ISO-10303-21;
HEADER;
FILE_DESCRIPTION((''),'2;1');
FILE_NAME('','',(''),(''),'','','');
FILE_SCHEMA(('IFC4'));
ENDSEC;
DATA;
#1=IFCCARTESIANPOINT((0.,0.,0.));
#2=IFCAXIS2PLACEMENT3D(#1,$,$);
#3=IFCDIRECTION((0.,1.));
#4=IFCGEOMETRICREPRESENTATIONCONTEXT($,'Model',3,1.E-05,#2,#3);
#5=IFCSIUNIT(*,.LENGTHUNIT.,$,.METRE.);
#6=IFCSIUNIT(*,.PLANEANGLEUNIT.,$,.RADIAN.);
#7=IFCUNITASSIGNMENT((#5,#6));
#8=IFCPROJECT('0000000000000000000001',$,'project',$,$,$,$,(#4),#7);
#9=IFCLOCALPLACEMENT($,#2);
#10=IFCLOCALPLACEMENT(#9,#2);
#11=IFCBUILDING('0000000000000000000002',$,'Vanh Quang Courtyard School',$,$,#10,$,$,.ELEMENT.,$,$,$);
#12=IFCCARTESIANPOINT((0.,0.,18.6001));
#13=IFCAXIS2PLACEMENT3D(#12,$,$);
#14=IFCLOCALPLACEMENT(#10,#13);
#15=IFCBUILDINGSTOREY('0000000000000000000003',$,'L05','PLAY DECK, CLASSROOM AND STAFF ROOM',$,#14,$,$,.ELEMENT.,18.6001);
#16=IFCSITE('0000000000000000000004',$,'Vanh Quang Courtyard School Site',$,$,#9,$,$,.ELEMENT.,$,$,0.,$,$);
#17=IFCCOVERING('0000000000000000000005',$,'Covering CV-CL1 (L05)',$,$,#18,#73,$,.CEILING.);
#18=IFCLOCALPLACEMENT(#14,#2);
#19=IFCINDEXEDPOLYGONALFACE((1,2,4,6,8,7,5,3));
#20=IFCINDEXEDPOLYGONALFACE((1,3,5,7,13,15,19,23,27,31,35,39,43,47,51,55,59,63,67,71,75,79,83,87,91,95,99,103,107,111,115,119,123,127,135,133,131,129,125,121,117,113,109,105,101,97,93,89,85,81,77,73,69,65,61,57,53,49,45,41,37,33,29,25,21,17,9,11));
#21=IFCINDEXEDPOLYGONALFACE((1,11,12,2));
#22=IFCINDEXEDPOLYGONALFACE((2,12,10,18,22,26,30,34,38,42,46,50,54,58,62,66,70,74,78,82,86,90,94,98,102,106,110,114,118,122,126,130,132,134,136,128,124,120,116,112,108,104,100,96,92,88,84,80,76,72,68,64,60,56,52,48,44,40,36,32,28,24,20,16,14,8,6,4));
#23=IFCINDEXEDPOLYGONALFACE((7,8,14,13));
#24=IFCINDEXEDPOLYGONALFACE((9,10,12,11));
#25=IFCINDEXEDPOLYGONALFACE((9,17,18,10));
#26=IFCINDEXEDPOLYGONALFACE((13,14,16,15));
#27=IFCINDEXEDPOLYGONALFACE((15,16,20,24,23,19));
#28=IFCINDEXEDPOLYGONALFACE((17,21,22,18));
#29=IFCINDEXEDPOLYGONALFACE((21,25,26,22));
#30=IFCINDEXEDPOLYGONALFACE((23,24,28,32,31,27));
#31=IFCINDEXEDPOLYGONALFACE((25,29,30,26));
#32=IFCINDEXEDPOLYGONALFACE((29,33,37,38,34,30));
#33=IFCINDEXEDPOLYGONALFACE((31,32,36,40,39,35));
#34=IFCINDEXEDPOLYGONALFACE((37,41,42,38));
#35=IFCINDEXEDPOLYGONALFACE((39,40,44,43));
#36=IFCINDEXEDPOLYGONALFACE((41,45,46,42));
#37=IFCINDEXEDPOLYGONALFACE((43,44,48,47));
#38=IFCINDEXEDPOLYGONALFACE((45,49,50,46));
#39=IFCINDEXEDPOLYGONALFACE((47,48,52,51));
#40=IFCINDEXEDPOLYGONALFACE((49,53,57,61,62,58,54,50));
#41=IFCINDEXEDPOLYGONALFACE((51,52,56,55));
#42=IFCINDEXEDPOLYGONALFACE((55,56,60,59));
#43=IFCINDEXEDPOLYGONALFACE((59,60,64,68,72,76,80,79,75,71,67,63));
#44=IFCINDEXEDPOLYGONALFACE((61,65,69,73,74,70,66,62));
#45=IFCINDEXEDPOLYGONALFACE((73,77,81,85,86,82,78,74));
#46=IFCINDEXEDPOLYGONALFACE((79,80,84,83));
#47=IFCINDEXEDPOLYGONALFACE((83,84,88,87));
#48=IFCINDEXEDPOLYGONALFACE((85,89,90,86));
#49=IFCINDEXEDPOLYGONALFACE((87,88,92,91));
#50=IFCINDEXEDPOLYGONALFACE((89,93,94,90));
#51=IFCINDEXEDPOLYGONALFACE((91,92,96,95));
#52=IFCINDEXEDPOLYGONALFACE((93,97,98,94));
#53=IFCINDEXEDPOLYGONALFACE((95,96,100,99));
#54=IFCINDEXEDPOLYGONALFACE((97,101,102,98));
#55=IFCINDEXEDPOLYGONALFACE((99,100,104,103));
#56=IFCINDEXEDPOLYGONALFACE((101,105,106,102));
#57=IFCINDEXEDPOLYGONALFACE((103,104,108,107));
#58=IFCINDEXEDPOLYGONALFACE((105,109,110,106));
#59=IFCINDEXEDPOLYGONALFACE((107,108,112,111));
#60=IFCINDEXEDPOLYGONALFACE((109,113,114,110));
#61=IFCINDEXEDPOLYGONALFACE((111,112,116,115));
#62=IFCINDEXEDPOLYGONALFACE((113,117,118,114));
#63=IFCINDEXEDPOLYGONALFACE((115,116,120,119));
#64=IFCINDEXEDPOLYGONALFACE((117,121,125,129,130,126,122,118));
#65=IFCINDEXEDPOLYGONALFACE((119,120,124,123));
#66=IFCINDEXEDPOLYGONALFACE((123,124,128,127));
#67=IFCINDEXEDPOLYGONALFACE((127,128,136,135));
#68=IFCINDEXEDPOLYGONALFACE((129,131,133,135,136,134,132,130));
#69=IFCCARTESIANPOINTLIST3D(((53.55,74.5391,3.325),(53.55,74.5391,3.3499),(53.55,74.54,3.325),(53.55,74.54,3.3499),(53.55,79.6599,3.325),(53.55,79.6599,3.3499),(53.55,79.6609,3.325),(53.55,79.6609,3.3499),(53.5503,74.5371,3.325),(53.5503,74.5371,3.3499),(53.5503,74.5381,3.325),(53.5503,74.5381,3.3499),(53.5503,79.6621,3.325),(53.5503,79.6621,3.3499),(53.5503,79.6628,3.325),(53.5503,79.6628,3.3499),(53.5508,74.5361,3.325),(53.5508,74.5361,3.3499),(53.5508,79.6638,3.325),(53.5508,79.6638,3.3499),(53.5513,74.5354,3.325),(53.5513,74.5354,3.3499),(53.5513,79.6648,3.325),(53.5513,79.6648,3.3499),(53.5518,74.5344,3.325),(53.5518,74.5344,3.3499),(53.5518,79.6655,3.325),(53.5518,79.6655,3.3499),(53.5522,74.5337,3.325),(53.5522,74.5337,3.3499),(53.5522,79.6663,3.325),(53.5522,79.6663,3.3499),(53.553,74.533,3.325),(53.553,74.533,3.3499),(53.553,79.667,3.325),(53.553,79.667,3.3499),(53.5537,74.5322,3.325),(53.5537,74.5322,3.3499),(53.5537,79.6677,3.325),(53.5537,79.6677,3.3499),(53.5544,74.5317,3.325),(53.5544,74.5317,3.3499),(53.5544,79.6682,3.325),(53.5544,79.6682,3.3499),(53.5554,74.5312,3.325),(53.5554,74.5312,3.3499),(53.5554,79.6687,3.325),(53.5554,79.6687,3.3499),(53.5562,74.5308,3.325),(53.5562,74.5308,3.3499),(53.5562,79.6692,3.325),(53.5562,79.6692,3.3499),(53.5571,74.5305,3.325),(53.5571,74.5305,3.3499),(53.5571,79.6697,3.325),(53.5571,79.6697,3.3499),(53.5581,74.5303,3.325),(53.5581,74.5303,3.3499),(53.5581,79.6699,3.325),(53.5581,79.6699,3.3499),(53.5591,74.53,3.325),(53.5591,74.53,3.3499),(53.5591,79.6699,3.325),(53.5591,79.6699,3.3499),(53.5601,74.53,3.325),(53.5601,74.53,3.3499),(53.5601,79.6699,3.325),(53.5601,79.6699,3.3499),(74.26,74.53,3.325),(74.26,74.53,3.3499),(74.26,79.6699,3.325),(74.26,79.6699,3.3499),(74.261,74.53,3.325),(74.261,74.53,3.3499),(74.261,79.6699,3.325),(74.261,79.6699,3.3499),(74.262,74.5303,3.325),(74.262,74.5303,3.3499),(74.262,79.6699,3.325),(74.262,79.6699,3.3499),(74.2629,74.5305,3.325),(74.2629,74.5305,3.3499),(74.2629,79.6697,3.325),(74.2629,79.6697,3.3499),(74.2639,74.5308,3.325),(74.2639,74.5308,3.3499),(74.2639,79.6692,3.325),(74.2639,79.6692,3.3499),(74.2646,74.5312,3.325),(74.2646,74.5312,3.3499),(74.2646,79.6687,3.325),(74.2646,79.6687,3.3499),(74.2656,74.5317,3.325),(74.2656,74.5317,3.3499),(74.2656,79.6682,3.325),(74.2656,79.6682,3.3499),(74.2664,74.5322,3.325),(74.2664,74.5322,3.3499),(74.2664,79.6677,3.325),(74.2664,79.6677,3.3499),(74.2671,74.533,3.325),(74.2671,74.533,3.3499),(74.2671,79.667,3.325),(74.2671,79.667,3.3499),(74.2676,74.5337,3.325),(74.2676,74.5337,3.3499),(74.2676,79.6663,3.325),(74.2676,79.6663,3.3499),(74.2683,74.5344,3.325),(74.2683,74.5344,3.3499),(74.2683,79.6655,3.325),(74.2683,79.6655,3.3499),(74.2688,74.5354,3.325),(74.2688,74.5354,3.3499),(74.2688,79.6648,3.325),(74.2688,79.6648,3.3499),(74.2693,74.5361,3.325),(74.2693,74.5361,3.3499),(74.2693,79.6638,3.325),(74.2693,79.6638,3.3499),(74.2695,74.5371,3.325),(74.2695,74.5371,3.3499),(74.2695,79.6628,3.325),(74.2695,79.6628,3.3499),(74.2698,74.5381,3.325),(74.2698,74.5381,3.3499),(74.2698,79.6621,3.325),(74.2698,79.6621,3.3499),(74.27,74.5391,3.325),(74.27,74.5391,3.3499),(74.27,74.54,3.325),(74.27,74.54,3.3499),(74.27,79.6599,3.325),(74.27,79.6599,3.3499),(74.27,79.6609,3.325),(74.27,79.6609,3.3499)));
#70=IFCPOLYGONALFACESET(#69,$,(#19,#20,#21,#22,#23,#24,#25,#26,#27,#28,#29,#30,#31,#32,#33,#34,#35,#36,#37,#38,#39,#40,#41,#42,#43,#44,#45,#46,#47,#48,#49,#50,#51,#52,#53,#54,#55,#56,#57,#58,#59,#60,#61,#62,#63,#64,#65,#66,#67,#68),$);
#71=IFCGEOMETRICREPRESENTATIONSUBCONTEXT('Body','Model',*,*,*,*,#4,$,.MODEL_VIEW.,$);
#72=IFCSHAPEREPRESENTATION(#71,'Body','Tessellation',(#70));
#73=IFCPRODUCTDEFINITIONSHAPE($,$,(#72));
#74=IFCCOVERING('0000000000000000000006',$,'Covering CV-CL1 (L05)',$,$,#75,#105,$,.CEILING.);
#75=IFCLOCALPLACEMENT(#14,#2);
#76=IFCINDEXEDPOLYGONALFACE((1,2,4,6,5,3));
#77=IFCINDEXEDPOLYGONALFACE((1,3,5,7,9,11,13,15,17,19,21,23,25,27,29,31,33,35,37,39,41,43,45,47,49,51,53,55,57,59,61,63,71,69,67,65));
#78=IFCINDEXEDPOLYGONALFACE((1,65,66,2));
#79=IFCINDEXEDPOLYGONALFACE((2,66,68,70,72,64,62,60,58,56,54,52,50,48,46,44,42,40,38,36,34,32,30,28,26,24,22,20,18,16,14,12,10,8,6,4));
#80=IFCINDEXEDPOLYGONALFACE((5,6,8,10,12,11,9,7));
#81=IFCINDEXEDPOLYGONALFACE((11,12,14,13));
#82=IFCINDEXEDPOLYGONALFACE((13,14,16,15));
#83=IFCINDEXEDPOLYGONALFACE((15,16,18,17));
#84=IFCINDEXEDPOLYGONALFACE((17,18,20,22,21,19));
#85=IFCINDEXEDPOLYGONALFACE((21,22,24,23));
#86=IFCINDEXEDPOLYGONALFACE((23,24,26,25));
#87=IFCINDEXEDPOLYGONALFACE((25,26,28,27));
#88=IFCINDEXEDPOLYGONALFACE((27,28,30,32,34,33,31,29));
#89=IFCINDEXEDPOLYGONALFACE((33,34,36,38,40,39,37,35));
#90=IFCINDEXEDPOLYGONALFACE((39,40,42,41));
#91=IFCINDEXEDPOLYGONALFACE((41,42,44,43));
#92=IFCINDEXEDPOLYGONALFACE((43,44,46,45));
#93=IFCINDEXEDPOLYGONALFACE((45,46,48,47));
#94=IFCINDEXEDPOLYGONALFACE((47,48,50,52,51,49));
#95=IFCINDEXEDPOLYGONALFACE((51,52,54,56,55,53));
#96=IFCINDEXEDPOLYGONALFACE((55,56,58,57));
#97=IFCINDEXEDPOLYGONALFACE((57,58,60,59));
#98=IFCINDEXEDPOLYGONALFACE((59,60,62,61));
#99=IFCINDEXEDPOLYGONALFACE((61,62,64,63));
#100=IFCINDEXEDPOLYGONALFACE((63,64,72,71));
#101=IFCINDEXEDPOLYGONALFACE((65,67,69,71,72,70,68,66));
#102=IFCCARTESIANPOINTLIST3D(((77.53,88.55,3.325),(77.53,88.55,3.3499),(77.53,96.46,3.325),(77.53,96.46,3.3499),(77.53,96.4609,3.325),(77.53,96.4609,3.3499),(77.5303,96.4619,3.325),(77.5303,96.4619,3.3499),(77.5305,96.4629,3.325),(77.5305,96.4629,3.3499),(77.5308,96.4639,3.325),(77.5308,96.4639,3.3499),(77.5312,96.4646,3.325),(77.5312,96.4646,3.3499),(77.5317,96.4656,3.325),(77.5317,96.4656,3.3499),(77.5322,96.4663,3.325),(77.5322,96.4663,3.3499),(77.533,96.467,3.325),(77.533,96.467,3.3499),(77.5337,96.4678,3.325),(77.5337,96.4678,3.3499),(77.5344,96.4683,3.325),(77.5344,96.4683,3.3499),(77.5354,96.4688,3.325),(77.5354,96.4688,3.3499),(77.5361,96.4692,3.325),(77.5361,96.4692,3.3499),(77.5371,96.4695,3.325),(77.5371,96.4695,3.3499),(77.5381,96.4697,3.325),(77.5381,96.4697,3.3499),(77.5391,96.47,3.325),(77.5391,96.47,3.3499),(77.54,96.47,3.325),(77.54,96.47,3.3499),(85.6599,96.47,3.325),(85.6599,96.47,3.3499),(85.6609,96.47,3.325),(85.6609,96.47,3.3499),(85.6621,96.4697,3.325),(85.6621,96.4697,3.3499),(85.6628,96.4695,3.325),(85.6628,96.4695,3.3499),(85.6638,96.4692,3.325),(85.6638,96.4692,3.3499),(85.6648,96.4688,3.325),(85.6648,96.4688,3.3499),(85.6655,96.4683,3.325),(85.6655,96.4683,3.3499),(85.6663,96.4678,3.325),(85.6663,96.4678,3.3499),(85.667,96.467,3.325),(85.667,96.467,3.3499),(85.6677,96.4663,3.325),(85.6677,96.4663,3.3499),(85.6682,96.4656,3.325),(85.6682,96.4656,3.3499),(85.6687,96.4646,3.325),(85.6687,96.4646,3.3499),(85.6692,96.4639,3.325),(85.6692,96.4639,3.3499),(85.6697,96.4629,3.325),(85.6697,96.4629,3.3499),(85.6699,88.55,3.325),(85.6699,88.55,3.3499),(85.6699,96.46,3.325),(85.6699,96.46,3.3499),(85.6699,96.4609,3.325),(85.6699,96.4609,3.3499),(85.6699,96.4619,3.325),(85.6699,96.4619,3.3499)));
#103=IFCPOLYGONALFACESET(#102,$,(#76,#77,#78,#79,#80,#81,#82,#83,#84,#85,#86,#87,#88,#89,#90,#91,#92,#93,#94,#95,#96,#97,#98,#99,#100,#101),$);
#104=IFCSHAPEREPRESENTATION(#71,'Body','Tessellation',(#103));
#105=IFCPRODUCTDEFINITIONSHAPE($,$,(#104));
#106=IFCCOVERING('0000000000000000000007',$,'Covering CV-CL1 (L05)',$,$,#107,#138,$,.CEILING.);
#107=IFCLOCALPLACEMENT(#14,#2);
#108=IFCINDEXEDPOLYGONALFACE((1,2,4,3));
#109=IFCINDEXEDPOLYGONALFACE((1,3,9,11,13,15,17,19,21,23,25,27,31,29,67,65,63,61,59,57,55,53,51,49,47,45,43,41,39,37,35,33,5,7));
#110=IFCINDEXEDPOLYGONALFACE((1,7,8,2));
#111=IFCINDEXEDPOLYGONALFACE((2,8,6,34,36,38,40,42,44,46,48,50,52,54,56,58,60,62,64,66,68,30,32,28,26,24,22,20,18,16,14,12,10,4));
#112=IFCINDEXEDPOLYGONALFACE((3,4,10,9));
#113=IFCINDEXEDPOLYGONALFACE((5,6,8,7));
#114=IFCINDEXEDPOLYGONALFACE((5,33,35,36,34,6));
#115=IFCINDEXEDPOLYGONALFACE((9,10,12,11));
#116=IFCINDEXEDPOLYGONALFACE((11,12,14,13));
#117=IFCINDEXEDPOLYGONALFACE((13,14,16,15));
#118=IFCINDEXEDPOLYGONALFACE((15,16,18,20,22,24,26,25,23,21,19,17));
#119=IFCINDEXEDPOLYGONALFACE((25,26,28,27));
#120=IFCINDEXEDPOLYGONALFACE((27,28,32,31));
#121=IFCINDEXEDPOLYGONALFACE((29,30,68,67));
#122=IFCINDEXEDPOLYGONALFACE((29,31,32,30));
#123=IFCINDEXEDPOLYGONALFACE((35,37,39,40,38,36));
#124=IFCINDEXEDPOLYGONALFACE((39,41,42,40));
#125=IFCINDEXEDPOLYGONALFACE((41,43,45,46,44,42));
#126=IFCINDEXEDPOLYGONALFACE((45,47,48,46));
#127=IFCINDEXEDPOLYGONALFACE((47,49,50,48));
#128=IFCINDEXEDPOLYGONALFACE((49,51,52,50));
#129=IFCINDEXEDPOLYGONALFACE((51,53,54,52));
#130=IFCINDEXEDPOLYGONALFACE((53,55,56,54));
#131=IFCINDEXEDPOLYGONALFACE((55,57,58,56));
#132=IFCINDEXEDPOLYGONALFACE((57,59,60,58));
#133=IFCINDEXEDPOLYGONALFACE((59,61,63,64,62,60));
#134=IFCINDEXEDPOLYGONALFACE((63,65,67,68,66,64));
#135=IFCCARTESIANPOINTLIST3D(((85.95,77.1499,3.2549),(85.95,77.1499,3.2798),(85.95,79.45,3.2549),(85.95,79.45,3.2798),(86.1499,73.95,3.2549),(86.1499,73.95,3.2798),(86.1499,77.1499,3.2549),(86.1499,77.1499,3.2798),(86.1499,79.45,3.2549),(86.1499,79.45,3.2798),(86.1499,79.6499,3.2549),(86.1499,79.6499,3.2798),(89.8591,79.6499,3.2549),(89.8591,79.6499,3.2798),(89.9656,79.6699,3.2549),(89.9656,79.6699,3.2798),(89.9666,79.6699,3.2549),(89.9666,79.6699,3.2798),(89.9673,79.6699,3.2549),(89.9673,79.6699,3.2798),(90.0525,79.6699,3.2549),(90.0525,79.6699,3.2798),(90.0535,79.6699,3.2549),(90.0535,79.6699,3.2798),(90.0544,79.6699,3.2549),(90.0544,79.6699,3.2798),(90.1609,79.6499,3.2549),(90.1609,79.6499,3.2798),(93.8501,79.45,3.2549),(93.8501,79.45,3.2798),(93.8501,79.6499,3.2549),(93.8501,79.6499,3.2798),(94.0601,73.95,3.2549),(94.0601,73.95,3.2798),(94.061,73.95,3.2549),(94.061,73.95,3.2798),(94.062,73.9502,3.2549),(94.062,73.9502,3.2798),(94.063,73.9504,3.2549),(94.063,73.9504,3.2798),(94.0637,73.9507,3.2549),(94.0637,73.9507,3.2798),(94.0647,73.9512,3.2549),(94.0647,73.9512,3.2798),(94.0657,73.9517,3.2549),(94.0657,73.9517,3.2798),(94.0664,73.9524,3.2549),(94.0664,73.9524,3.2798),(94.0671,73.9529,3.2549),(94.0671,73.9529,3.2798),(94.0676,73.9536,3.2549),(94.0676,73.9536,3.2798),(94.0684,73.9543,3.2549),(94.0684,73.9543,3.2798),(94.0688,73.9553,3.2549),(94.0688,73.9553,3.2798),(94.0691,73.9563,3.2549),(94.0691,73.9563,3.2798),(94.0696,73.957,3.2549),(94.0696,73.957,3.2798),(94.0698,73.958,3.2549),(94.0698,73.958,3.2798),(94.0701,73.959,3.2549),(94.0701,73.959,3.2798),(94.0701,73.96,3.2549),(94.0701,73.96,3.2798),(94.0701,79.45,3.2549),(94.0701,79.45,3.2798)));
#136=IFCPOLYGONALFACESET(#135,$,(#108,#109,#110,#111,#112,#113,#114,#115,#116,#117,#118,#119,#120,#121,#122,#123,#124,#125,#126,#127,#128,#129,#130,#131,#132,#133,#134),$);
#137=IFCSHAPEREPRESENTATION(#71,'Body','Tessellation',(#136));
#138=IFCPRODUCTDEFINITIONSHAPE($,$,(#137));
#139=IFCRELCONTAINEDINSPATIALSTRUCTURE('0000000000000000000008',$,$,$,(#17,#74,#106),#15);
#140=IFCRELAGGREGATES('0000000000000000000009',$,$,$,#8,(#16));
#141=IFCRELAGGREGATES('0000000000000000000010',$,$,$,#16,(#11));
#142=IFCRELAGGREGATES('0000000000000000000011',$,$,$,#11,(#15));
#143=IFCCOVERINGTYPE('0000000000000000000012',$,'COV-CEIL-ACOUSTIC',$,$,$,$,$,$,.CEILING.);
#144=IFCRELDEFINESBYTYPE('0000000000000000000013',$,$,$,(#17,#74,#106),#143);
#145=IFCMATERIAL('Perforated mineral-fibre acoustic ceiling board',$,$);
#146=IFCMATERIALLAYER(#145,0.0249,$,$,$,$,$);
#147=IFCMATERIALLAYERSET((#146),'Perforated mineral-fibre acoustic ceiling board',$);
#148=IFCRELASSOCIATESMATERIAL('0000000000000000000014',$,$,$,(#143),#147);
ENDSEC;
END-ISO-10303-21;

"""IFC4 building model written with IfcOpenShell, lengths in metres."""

from ifc_helpers import new_model, si_unit, direction, frame, origin, place, context, subcontext, project, spatial, polyline, outline, extrude, material, layer, layer_set, type_object, element, save


model = new_model("IFC4")

# Units and contexts
model_context = context("Model", 3, precision=1e-05, world=origin(), true_north=direction((0.0, 1.0)))
body_context = subcontext(model_context, "Body", "Model", "MODEL_VIEW")
ifc_project = project(units=[si_unit("LENGTHUNIT", "METRE"), si_unit("PLANEANGLEUNIT", "RADIAN")], contexts=[model_context])

# Site, building, storey
site_placement = place(None, origin())
site = spatial("IfcSite", under=ifc_project, at=site_placement, Name="Vanh Quang Courtyard School Site", CompositionType="ELEMENT", RefElevation=0.0)
building_placement = place(site_placement, origin())
building = spatial("IfcBuilding", under=site, at=building_placement, Name="Vanh Quang Courtyard School", CompositionType="ELEMENT")
storey_placement = place(building_placement, frame((0.0, 0.0, 18.6001)))
storey = spatial("IfcBuildingStorey", under=building, at=storey_placement, Name="L05", Description="PLAY DECK, CLASSROOM AND STAFF ROOM", CompositionType="ELEMENT", Elevation=18.6001)

# Coverings
ifc_material_1 = material(Name="Perforated mineral-fibre acoustic ceiling board")
ifc_layer_1 = layer(ifc_material_1, 0.0249)
ifc_layer_set_1 = layer_set([ifc_layer_1], Name="Perforated mineral-fibre acoustic ceiling board")
covering_type_1 = type_object("IfcCoveringType", Name="COV-CEIL-ACOUSTIC", PredefinedType="CEILING", material=ifc_layer_set_1)
covering_1_placement = place(storey_placement, frame((0.0, 0.0, 3.325)))
element("IfcCovering", 1, at=covering_1_placement, inside=storey, type_object=covering_type_1, Name="Covering CV-CL1 (L05)", PredefinedType="CEILING", context=body_context, shape_type="SweptSolid", body=[
    extrude(outline(polyline([(53.55, 79.6599), (53.55, 79.6609), (53.5503, 79.6621), (53.5503, 79.6628), (53.5508, 79.6638), (53.5513, 79.6648), (53.5518, 79.6655), (53.5522, 79.6663), (53.553, 79.667), (53.5537, 79.6677), (53.5544, 79.6682), (53.5554, 79.6687), (53.5562, 79.6692), (53.5571, 79.6697), (53.5581, 79.6699), (53.5591, 79.6699), (53.5601, 79.6699), (74.26, 79.6699), (74.261, 79.6699), (74.262, 79.6699), (74.2629, 79.6697), (74.2639, 79.6692), (74.2646, 79.6687), (74.2656, 79.6682), (74.2664, 79.6677), (74.2671, 79.667), (74.2676, 79.6663), (74.2683, 79.6655), (74.2688, 79.6648), (74.2693, 79.6638), (74.2695, 79.6628), (74.2698, 79.6621), (74.27, 79.6609), (74.27, 79.6599), (74.27, 74.54), (74.27, 74.5391), (74.2698, 74.5381), (74.2695, 74.5371), (74.2693, 74.5361), (74.2688, 74.5354), (74.2683, 74.5344), (74.2676, 74.5337), (74.2671, 74.533), (74.2664, 74.5322), (74.2656, 74.5317), (74.2646, 74.5312), (74.2639, 74.5308), (74.2629, 74.5305), (74.262, 74.5303), (74.261, 74.53), (74.26, 74.53), (53.5601, 74.53), (53.5591, 74.53), (53.5581, 74.5303), (53.5571, 74.5305), (53.5562, 74.5308), (53.5554, 74.5312), (53.5544, 74.5317), (53.5537, 74.5322), (53.553, 74.533), (53.5522, 74.5337), (53.5518, 74.5344), (53.5513, 74.5354), (53.5508, 74.5361), (53.5503, 74.5371), (53.5503, 74.5381), (53.55, 74.5391), (53.55, 74.54), (53.55, 79.6599)])), origin(), (0.0, 0.0, 1.0), 0.0249),
])
covering_2_placement = place(storey_placement, frame((0.0, 0.0, 3.325)))
element("IfcCovering", 2, at=covering_2_placement, inside=storey, type_object=covering_type_1, Name="Covering CV-CL1 (L05)", PredefinedType="CEILING", context=body_context, shape_type="SweptSolid", body=[
    extrude(outline(polyline([(85.6599, 96.47), (85.6609, 96.47), (85.6621, 96.4697), (85.6628, 96.4695), (85.6638, 96.4692), (85.6648, 96.4688), (85.6655, 96.4683), (85.6663, 96.4678), (85.667, 96.467), (85.6677, 96.4663), (85.6682, 96.4656), (85.6687, 96.4646), (85.6692, 96.4639), (85.6697, 96.4629), (85.6699, 96.4619), (85.6699, 96.4609), (85.6699, 96.46), (85.6699, 88.55), (77.53, 88.55), (77.53, 96.46), (77.53, 96.4609), (77.5303, 96.4619), (77.5305, 96.4629), (77.5308, 96.4639), (77.5312, 96.4646), (77.5317, 96.4656), (77.5322, 96.4663), (77.533, 96.467), (77.5337, 96.4678), (77.5344, 96.4683), (77.5354, 96.4688), (77.5361, 96.4692), (77.5371, 96.4695), (77.5381, 96.4697), (77.5391, 96.47), (77.54, 96.47), (85.6599, 96.47)])), origin(), (0.0, 0.0, 1.0), 0.0249),
])
covering_3_placement = place(storey_placement, frame((0.0, 0.0, 3.2549)))
element("IfcCovering", 3, at=covering_3_placement, inside=storey, type_object=covering_type_1, Name="Covering CV-CL1 (L05)", PredefinedType="CEILING", context=body_context, shape_type="SweptSolid", body=[
    extrude(outline(polyline([(85.95, 79.45), (86.1499, 79.45), (86.1499, 79.6499), (89.8591, 79.6499), (89.9656, 79.6699), (89.9666, 79.6699), (89.9673, 79.6699), (90.0525, 79.6699), (90.0535, 79.6699), (90.0544, 79.6699), (90.1609, 79.6499), (93.8501, 79.6499), (93.8501, 79.45), (94.0701, 79.45), (94.0701, 73.96), (94.0701, 73.959), (94.0698, 73.958), (94.0696, 73.957), (94.0691, 73.9563), (94.0688, 73.9553), (94.0684, 73.9543), (94.0676, 73.9536), (94.0671, 73.9529), (94.0664, 73.9524), (94.0657, 73.9517), (94.0647, 73.9512), (94.0637, 73.9507), (94.063, 73.9504), (94.062, 73.9502), (94.061, 73.95), (94.0601, 73.95), (86.1499, 73.95), (86.1499, 77.1499), (85.95, 77.1499), (85.95, 79.45)])), origin(), (0.0, 0.0, 1.0), 0.0249),
])

save(model, "model.ifc")
